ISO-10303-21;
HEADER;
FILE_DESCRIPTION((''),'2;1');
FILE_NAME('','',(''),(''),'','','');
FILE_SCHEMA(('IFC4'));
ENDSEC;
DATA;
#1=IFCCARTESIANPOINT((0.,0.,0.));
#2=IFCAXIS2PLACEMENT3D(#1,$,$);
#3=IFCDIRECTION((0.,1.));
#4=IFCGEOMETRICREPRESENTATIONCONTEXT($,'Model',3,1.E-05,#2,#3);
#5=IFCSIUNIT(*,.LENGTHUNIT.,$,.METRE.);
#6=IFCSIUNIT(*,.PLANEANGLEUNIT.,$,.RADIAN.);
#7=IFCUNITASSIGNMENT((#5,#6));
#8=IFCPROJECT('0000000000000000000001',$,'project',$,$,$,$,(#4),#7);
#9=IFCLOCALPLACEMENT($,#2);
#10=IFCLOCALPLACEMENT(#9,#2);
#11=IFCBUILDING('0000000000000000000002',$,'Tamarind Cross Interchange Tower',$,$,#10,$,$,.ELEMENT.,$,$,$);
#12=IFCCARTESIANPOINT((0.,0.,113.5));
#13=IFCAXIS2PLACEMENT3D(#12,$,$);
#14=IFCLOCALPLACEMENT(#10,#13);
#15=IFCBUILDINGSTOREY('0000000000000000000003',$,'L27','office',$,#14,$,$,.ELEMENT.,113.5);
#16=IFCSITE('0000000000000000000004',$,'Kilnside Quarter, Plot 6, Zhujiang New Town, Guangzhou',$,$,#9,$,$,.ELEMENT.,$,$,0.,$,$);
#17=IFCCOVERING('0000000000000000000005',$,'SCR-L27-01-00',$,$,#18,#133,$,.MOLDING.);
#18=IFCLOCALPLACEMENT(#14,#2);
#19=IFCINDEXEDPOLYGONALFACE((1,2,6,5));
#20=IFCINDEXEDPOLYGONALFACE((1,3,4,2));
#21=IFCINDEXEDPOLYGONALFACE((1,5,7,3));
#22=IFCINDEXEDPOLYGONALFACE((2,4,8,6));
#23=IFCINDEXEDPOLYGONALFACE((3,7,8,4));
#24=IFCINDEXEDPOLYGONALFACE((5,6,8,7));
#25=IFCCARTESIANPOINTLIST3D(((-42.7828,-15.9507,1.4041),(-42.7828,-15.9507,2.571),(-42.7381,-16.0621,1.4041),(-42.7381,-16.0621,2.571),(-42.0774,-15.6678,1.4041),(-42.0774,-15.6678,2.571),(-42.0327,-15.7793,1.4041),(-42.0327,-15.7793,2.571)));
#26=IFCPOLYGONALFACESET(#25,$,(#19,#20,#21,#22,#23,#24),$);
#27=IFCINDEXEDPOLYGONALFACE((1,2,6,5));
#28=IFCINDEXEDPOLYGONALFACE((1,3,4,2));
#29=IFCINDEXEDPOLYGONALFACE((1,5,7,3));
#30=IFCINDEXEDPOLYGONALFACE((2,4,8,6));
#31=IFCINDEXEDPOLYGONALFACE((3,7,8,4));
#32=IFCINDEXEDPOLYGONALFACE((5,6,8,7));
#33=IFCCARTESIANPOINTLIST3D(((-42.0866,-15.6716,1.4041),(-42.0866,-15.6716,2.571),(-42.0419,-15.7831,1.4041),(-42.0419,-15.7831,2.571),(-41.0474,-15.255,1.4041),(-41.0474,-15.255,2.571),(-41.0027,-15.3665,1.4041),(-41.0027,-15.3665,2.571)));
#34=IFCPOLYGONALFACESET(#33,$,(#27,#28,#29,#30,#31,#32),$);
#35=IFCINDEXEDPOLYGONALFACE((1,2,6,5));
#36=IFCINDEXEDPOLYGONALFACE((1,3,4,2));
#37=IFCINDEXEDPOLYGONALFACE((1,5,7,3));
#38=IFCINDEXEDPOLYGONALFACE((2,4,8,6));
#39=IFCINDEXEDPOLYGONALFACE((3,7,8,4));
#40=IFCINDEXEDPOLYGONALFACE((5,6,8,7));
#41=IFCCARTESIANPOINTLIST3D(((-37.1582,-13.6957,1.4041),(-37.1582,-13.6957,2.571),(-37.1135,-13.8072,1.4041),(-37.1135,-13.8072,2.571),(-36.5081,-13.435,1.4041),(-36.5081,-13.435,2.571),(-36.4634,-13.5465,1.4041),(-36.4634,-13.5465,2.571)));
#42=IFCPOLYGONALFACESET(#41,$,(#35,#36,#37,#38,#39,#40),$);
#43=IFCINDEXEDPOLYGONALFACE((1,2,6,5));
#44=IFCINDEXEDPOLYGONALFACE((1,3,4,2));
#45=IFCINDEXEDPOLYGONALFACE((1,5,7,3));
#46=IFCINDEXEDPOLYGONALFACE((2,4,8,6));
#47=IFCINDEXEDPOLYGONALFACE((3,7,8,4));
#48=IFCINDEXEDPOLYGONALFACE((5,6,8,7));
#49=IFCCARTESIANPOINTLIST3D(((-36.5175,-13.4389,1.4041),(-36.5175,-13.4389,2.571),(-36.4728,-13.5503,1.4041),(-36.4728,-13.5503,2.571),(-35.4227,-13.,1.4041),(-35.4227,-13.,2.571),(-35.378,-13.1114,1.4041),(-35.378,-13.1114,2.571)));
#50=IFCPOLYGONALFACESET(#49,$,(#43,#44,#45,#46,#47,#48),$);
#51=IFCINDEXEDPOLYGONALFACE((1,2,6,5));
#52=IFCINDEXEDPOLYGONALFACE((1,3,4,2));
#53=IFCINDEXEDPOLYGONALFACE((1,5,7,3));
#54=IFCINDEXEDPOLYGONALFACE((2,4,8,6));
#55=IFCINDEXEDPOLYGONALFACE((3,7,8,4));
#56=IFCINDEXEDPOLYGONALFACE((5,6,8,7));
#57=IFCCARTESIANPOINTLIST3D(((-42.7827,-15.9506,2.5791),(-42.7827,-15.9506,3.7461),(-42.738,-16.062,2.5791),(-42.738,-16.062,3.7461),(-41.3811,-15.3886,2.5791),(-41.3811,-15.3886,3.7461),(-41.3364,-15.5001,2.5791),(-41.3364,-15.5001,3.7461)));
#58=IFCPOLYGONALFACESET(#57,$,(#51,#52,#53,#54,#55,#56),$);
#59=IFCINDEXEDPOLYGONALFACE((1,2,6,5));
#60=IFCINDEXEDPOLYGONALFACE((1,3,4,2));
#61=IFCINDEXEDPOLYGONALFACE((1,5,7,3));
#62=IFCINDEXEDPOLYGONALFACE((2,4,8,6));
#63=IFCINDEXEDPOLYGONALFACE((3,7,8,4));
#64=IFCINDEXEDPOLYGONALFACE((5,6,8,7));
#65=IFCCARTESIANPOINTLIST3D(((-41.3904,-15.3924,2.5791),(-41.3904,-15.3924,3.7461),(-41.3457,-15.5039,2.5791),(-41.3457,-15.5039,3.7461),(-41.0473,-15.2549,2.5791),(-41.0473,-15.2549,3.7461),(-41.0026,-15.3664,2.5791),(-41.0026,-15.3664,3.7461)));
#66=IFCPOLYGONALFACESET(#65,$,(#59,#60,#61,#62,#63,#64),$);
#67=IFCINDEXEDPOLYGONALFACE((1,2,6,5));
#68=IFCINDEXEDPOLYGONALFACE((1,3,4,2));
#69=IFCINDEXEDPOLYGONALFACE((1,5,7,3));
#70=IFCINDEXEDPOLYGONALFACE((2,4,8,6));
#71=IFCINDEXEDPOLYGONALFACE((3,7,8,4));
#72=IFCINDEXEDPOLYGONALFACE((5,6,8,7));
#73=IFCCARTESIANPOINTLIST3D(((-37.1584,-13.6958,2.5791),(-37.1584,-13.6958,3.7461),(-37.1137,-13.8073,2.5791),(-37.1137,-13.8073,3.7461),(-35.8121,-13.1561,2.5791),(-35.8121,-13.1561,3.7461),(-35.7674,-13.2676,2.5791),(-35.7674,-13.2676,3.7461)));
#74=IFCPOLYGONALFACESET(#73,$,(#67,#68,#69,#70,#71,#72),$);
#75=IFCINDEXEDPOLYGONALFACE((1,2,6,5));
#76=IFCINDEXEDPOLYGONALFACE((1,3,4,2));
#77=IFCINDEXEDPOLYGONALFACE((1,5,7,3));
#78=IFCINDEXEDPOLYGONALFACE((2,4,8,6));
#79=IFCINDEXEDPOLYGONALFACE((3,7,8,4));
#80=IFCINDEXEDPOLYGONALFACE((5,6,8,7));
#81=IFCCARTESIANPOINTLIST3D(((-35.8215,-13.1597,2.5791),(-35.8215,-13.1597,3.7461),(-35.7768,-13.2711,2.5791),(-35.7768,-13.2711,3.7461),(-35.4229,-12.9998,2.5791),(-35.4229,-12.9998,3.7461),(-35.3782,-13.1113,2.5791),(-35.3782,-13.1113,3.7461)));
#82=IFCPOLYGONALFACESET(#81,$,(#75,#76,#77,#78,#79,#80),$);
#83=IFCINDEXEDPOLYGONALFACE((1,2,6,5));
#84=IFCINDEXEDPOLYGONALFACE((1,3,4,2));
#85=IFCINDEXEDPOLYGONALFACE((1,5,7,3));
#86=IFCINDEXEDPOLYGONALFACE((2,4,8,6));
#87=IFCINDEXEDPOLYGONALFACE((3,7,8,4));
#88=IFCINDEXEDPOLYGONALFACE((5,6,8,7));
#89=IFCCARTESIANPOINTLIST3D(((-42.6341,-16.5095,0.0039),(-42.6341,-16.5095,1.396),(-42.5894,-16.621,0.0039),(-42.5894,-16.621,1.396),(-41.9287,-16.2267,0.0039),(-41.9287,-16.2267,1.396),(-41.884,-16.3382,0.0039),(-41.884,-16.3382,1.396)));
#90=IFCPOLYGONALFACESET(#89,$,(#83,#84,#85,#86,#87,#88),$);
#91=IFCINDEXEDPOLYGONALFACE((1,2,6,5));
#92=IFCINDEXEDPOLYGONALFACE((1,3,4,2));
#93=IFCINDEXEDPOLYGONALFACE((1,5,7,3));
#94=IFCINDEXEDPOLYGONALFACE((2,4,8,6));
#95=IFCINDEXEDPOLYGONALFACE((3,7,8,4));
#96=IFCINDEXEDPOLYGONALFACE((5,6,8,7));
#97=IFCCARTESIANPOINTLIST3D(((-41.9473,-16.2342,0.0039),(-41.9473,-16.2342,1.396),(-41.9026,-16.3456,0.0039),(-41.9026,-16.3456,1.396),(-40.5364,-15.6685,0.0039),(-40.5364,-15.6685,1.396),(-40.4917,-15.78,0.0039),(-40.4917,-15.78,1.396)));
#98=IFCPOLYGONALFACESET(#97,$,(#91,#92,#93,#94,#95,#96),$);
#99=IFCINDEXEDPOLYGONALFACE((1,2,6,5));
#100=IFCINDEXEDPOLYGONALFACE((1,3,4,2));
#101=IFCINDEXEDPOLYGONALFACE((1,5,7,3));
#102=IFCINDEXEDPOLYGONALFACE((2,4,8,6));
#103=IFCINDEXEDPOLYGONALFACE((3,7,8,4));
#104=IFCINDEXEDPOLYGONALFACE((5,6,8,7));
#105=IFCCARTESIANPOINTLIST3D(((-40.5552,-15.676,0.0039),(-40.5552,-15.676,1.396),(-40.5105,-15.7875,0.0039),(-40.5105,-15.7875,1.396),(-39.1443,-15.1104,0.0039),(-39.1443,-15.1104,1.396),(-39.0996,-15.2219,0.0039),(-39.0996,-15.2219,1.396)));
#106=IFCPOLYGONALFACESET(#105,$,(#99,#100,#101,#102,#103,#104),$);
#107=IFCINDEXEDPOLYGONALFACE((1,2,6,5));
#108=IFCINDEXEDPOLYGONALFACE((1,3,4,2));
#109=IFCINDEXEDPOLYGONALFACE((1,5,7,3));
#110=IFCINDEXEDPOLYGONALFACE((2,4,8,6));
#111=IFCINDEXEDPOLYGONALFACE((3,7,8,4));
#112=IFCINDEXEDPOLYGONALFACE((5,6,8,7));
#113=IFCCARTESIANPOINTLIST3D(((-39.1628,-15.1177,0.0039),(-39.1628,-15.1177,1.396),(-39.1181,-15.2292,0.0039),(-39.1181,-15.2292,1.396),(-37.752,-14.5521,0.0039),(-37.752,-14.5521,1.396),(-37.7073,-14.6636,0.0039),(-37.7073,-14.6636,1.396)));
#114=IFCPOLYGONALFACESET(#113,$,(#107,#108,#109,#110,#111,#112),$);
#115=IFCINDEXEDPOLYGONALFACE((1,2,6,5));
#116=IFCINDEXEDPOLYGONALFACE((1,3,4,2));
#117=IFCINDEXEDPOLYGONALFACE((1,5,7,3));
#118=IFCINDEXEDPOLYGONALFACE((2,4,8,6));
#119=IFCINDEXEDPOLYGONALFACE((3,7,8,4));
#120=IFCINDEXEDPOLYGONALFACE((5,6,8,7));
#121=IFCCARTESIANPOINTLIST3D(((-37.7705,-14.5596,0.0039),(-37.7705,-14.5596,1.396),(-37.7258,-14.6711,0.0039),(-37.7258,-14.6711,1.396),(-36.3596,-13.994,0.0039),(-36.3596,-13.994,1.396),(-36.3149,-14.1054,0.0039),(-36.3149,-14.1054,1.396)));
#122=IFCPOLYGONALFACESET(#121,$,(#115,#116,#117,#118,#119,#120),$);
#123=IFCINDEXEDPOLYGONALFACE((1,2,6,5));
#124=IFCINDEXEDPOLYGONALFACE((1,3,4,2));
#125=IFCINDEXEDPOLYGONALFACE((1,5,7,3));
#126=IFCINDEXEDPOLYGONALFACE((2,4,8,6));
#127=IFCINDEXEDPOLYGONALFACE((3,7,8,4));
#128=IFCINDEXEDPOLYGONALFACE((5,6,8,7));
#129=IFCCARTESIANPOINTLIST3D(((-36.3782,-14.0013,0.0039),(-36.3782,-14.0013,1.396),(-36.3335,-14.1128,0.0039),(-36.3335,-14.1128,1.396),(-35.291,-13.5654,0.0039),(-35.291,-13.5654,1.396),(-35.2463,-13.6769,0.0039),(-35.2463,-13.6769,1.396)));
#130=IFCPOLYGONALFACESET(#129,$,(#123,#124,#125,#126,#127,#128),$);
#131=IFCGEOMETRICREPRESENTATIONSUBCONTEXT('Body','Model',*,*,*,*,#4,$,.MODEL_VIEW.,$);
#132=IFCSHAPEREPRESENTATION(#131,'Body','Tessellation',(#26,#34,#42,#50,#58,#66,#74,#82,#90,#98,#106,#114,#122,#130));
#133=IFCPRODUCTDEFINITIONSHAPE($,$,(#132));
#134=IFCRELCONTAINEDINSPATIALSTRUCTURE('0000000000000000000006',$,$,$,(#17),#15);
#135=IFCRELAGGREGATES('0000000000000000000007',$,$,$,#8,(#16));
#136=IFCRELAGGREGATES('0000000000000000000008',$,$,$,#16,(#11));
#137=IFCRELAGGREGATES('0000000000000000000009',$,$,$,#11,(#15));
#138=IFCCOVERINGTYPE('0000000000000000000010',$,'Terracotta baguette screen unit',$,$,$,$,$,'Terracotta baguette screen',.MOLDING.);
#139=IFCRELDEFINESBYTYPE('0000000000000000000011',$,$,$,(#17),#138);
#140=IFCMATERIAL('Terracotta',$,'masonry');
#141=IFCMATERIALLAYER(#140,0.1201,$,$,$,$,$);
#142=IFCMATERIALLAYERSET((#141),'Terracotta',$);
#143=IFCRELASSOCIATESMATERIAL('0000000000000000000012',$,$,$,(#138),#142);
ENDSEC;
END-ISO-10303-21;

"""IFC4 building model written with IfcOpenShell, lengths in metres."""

from ifc_helpers import new_model, si_unit, direction, frame, origin, origin_2d, place, context, subcontext, project, spatial, rectangle, extrude, material, layer, layer_set, type_object, element, save


model = new_model("IFC4")

# Units and contexts
model_context = context("Model", 3, precision=1e-05, world=origin(), true_north=direction((0.0, 1.0)))
body_context = subcontext(model_context, "Body", "Model", "MODEL_VIEW")
ifc_project = project(units=[si_unit("LENGTHUNIT", "METRE"), si_unit("PLANEANGLEUNIT", "RADIAN")], contexts=[model_context])

# Site, building, storey
site_placement = place(None, origin())
site = spatial("IfcSite", under=ifc_project, at=site_placement, Name="Kilnside Quarter, Plot 6, Zhujiang New Town, Guangzhou", CompositionType="ELEMENT", RefElevation=0.0)
building_placement = place(site_placement, origin())
building = spatial("IfcBuilding", under=site, at=building_placement, Name="Tamarind Cross Interchange Tower", CompositionType="ELEMENT")
storey_placement = place(building_placement, frame((0.0, 0.0, 113.5)))
storey = spatial("IfcBuildingStorey", under=building, at=storey_placement, Name="L27", Description="office", CompositionType="ELEMENT", Elevation=113.5)

# Covering
ifc_material_1 = material(Name="Terracotta", Category="masonry")
ifc_layer_1 = layer(ifc_material_1, 0.1201)
ifc_layer_set_1 = layer_set([ifc_layer_1], Name="Terracotta")
covering_type = type_object("IfcCoveringType", Name="Terracotta baguette screen unit", ElementType="Terracotta baguette screen", PredefinedType="MOLDING", material=ifc_layer_set_1)
covering_1_placement = place(storey_placement, origin())
element("IfcCovering", 1, at=covering_1_placement, inside=storey, type_object=covering_type, Name="SCR-L27-01-00", PredefinedType="MOLDING", context=body_context, shape_type="SweptSolid", body=[
    extrude(rectangle(XDim=0.76, YDim=0.1201, at=origin_2d()), frame((-42.4077, -15.865, 1.4041), z_axis=(0.0, 0.0, 1.0), x_axis=(0.928183, 0.372124, 0.0)), (0.0, 0.0, 1.0), 1.167),
    extrude(rectangle(XDim=1.1196, YDim=0.1201, at=origin_2d()), frame((-41.5447, -15.519, 1.4041), z_axis=(0.0, 0.0, 1.0), x_axis=(0.928183, 0.372124, 0.0)), (0.0, 0.0, 1.0), 1.167),
    extrude(rectangle(XDim=0.7004, YDim=0.1201, at=origin_2d()), frame((-36.8108, -13.6211, 1.4041), z_axis=(0.0, 0.0, 1.0), x_axis=(0.928183, 0.372124, 0.0)), (0.0, 0.0, 1.0), 1.167),
    extrude(rectangle(XDim=1.1794, YDim=0.1201, at=origin_2d()), frame((-35.9478, -13.2751, 1.4041), z_axis=(0.0, 0.0, 1.0), x_axis=(0.928183, 0.372124, 0.0)), (0.0, 0.0, 1.0), 1.167),
    extrude(rectangle(XDim=1.51, YDim=0.1201, at=origin_2d()), frame((-42.0596, -15.7253, 2.5791), z_axis=(0.0, 0.0, 1.0), x_axis=(0.928183, 0.372124, 0.0)), (0.0, 0.0, 1.0), 1.167),
    extrude(rectangle(XDim=0.3696, YDim=0.1201, at=origin_2d()), frame((-41.1965, -15.3794, 2.5791), z_axis=(0.0, 0.0, 1.0), x_axis=(0.928183, 0.372124, 0.0)), (0.0, 0.0, 1.0), 1.167),
    extrude(rectangle(XDim=1.4504, YDim=0.1201, at=origin_2d()), frame((-36.4629, -13.4817, 2.5791), z_axis=(0.0, 0.0, 1.0), x_axis=(0.928183, 0.372124, 0.0)), (0.0, 0.0, 1.0), 1.167),
    extrude(rectangle(XDim=0.4294, YDim=0.1201, at=origin_2d()), frame((-35.5999, -13.1355, 2.5791), z_axis=(0.0, 0.0, 1.0), x_axis=(0.928183, 0.372124, 0.0)), (0.0, 0.0, 1.0), 1.167),
    extrude(rectangle(XDim=0.76, YDim=0.1201, at=origin_2d()), frame((-42.259, -16.4238, 0.0039), z_axis=(0.0, 0.0, 1.0), x_axis=(0.928183, 0.372124, 0.0)), (0.0, 0.0, 1.0), 1.3921),
    extrude(rectangle(XDim=1.52, YDim=0.1201, at=origin_2d()), frame((-41.2195, -16.0071, 0.0039), z_axis=(0.0, 0.0, 1.0), x_axis=(0.928183, 0.372124, 0.0)), (0.0, 0.0, 1.0), 1.3921),
    extrude(rectangle(XDim=1.52, YDim=0.1201, at=origin_2d()), frame((-39.8274, -15.449, 0.0039), z_axis=(0.0, 0.0, 1.0), x_axis=(0.928183, 0.372124, 0.0)), (0.0, 0.0, 1.0), 1.3921),
    extrude(rectangle(XDim=1.52, YDim=0.1201, at=origin_2d()), frame((-38.4351, -14.8906, 0.0039), z_axis=(0.0, 0.0, 1.0), x_axis=(0.928183, 0.372124, 0.0)), (0.0, 0.0, 1.0), 1.3921),
    extrude(rectangle(XDim=1.52, YDim=0.1201, at=origin_2d()), frame((-37.0427, -14.3325, 0.0039), z_axis=(0.0, 0.0, 1.0), x_axis=(0.928183, 0.372124, 0.0)), (0.0, 0.0, 1.0), 1.3921),
    extrude(rectangle(XDim=1.1714, YDim=0.1201, at=origin_2d()), frame((-35.8123, -13.8391, 0.0039), z_axis=(0.0, 0.0, 1.0), x_axis=(0.928183, 0.372124, 0.0)), (0.0, 0.0, 1.0), 1.3921),
])

save(model, "model.ifc")
